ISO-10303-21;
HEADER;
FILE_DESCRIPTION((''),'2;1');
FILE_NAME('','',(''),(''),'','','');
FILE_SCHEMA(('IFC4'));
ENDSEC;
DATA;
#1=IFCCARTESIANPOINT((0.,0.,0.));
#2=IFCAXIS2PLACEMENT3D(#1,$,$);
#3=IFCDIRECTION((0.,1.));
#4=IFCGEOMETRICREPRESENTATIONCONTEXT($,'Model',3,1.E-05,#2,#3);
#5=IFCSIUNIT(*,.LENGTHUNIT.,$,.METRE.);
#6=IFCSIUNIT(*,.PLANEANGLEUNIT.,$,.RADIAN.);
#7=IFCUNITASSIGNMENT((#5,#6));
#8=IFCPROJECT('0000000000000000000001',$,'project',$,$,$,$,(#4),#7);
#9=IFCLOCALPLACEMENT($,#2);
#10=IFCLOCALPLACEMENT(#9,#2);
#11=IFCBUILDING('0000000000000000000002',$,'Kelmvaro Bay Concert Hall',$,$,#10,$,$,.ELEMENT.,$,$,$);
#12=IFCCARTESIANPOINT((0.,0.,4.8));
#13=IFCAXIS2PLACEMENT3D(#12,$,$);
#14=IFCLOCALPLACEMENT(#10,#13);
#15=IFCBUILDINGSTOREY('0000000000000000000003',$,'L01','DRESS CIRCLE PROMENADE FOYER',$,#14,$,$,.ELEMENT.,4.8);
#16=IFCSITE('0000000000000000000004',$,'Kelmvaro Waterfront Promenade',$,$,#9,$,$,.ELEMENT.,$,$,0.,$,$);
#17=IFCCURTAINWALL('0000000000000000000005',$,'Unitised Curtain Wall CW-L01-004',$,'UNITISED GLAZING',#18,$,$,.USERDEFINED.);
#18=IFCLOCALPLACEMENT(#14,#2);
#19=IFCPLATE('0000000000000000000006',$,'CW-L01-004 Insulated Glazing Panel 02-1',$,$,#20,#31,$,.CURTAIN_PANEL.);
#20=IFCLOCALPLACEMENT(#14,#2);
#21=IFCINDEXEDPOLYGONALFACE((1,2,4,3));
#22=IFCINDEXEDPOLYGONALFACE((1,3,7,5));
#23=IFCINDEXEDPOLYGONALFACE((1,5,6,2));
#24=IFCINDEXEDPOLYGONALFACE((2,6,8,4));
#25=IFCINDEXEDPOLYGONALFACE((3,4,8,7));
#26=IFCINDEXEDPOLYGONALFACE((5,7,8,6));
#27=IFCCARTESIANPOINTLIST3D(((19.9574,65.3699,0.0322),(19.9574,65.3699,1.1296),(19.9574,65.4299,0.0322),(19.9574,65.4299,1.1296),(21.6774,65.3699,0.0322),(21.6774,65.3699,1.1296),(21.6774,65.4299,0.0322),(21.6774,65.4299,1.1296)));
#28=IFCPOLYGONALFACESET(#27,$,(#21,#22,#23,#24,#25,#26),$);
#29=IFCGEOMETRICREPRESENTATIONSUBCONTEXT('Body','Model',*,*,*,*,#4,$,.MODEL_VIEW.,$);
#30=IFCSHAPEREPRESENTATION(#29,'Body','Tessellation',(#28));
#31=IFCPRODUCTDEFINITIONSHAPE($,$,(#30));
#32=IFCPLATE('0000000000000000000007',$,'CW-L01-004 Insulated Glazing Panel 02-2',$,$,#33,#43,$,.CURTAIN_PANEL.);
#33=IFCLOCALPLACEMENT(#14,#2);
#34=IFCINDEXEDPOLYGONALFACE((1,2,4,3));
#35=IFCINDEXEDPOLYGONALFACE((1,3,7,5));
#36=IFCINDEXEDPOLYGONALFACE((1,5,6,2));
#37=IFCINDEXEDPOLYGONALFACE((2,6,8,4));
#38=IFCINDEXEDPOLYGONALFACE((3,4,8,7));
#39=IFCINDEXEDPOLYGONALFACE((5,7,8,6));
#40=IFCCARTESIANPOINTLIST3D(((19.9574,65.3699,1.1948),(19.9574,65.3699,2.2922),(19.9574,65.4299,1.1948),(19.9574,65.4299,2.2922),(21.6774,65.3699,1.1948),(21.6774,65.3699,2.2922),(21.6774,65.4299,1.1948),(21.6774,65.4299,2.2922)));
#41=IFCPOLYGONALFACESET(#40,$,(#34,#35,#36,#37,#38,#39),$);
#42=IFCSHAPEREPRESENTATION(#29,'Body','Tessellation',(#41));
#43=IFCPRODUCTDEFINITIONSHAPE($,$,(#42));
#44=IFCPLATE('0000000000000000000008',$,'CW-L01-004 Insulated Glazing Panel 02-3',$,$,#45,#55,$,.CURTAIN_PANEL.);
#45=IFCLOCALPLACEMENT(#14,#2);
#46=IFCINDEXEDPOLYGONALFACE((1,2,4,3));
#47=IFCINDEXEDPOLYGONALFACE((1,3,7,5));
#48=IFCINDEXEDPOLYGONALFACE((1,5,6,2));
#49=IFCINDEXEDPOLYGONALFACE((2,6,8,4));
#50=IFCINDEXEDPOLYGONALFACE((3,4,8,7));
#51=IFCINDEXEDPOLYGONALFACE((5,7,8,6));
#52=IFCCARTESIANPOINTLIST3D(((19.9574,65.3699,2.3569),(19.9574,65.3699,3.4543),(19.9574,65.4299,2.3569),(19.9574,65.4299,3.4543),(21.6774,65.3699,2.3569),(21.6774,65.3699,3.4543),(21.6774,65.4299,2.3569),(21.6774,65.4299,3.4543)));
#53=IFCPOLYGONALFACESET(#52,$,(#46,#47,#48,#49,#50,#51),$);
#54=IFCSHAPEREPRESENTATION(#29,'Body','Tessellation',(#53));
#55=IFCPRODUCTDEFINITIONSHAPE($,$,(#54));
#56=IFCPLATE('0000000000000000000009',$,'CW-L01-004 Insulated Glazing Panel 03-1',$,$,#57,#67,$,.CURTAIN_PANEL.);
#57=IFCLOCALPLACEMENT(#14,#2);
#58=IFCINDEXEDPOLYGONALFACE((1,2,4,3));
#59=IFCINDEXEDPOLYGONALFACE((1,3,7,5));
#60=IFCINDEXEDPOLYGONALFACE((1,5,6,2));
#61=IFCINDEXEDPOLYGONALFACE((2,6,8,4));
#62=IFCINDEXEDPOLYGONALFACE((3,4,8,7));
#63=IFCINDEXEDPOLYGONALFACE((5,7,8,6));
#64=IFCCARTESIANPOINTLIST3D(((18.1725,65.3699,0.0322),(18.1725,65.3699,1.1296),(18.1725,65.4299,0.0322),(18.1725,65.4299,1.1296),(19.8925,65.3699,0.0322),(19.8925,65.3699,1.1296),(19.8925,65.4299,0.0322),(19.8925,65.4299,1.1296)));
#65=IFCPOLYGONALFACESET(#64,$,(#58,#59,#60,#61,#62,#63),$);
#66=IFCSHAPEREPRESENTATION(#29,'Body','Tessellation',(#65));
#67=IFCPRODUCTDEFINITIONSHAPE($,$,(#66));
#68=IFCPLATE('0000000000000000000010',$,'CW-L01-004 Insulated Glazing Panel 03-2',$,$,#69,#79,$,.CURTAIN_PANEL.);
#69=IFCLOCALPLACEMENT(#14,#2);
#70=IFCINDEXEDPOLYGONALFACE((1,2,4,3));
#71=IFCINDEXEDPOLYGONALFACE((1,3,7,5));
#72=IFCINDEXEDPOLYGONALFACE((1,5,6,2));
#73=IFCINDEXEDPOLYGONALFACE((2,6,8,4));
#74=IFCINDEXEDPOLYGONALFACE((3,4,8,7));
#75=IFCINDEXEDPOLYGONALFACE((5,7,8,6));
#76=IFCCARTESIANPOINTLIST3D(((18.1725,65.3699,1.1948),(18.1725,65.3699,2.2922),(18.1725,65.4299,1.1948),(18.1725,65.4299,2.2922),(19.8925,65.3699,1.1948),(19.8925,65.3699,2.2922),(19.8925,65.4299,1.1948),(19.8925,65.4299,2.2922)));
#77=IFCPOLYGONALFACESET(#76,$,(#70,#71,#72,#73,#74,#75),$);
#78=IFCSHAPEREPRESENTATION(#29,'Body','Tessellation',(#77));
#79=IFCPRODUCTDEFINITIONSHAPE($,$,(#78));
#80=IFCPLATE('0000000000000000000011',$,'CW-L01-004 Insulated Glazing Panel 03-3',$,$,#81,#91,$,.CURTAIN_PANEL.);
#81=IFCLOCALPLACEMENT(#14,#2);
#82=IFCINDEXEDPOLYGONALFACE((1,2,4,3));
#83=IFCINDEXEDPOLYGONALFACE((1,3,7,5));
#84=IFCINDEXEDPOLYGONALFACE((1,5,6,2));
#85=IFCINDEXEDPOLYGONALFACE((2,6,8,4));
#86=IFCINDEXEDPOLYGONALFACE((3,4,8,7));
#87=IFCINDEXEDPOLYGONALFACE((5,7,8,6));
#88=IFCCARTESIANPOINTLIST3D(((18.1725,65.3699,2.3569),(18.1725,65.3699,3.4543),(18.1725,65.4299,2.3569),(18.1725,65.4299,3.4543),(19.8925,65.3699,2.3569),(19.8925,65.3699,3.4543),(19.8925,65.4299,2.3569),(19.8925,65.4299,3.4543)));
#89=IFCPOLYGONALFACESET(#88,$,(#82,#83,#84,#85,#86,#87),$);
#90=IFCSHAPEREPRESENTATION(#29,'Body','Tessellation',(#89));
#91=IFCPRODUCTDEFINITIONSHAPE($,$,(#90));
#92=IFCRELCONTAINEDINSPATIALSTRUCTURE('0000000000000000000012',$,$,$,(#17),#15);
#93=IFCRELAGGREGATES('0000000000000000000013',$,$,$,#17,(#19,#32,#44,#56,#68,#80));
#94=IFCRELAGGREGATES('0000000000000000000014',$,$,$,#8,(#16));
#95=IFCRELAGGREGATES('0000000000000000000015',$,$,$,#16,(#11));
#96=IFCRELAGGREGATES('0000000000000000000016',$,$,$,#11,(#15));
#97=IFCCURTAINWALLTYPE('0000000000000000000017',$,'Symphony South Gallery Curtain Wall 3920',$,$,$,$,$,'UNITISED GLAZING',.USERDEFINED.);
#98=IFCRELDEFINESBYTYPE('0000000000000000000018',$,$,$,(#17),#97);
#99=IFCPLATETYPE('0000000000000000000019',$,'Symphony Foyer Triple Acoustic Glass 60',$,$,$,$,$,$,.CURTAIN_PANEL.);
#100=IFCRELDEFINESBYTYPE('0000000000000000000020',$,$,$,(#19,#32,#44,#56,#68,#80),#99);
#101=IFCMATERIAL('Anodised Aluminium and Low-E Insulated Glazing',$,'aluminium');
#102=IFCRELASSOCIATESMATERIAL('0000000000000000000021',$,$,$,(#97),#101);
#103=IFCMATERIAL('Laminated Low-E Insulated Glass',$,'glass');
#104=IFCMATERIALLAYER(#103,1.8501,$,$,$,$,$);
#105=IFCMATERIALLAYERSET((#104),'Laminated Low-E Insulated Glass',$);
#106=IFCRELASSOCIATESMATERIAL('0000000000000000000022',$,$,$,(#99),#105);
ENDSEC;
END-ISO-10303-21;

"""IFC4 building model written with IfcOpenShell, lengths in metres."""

from ifc_helpers import new_model, si_unit, direction, frame, origin, origin_2d, place, context, subcontext, project, spatial, rectangle, extrude, material, layer, layer_set, type_object, element, aggregate, save


model = new_model("IFC4")

# Units and contexts
model_context = context("Model", 3, precision=1e-05, world=origin(), true_north=direction((0.0, 1.0)))
body_context = subcontext(model_context, "Body", "Model", "MODEL_VIEW")
ifc_project = project(units=[si_unit("LENGTHUNIT", "METRE"), si_unit("PLANEANGLEUNIT", "RADIAN")], contexts=[model_context])

# Site, building, storey
site_placement = place(None, origin())
site = spatial("IfcSite", under=ifc_project, at=site_placement, Name="Kelmvaro Waterfront Promenade", CompositionType="ELEMENT", RefElevation=0.0)
building_placement = place(site_placement, origin())
building = spatial("IfcBuilding", under=site, at=building_placement, Name="Kelmvaro Bay Concert Hall", CompositionType="ELEMENT")
storey_placement = place(building_placement, frame((0.0, 0.0, 4.8)))
storey = spatial("IfcBuildingStorey", under=building, at=storey_placement, Name="L01", Description="DRESS CIRCLE PROMENADE FOYER", CompositionType="ELEMENT", Elevation=4.8)

# Curtain wall
ifc_material_1 = material(Name="Anodised Aluminium and Low-E Insulated Glazing", Category="aluminium")
curtain_wall_type_1 = type_object("IfcCurtainWallType", Name="Symphony South Gallery Curtain Wall 3920", ElementType="UNITISED GLAZING", PredefinedType="USERDEFINED", material=ifc_material_1)
curtain_wall_1_placement = place(storey_placement, origin())
curtain_wall_1 = element("IfcCurtainWall", 1, at=curtain_wall_1_placement, inside=storey, type_object=curtain_wall_type_1, Name="Unitised Curtain Wall CW-L01-004", ObjectType="UNITISED GLAZING", PredefinedType="USERDEFINED")

# Plates
ifc_material_2 = material(Name="Laminated Low-E Insulated Glass", Category="glass")
ifc_layer_1 = layer(ifc_material_2, 1.8501)
ifc_layer_set_1 = layer_set([ifc_layer_1], Name="Laminated Low-E Insulated Glass")
plate_type_1 = type_object("IfcPlateType", Name="Symphony Foyer Triple Acoustic Glass 60", PredefinedType="CURTAIN_PANEL", material=ifc_layer_set_1)
plate_1_placement = place(storey_placement, frame((20.8174, 65.3999, 0.0322), z_axis=(0.0, 0.0, 1.0), x_axis=(-1.0, 0.0, 0.0)))
plate_1 = element("IfcPlate", 2, at=plate_1_placement, type_object=plate_type_1, Name="CW-L01-004 Insulated Glazing Panel 02-1", PredefinedType="CURTAIN_PANEL", context=body_context, shape_type="SweptSolid", body=[
    extrude(rectangle(XDim=1.72, YDim=0.0601, at=origin_2d()), origin(), (0.0, 0.0, 1.0), 1.0974),
])
plate_2_placement = place(storey_placement, frame((20.8174, 65.3999, 1.1948), z_axis=(0.0, 0.0, 1.0), x_axis=(-1.0, 0.0, 0.0)))
plate_2 = element("IfcPlate", 3, at=plate_2_placement, type_object=plate_type_1, Name="CW-L01-004 Insulated Glazing Panel 02-2", PredefinedType="CURTAIN_PANEL", context=body_context, shape_type="SweptSolid", body=[
    extrude(rectangle(XDim=1.72, YDim=0.0601, at=origin_2d()), origin(), (0.0, 0.0, 1.0), 1.0974),
])
plate_3_placement = place(storey_placement, frame((20.8174, 65.3999, 2.3569), z_axis=(0.0, 0.0, 1.0), x_axis=(-1.0, 0.0, 0.0)))
plate_3 = element("IfcPlate", 4, at=plate_3_placement, type_object=plate_type_1, Name="CW-L01-004 Insulated Glazing Panel 02-3", PredefinedType="CURTAIN_PANEL", context=body_context, shape_type="SweptSolid", body=[
    extrude(rectangle(XDim=1.72, YDim=0.0601, at=origin_2d()), origin(), (0.0, 0.0, 1.0), 1.0974),
])
plate_4_placement = place(storey_placement, frame((19.0325, 65.3999, 0.0322), z_axis=(0.0, 0.0, 1.0), x_axis=(-1.0, 0.0, 0.0)))
plate_4 = element("IfcPlate", 5, at=plate_4_placement, type_object=plate_type_1, Name="CW-L01-004 Insulated Glazing Panel 03-1", PredefinedType="CURTAIN_PANEL", context=body_context, shape_type="SweptSolid", body=[
    extrude(rectangle(XDim=1.72, YDim=0.0601, at=origin_2d()), origin(), (0.0, 0.0, 1.0), 1.0974),
])
plate_5_placement = place(storey_placement, frame((19.0325, 65.3999, 1.1948), z_axis=(0.0, 0.0, 1.0), x_axis=(-1.0, 0.0, 0.0)))
plate_5 = element("IfcPlate", 6, at=plate_5_placement, type_object=plate_type_1, Name="CW-L01-004 Insulated Glazing Panel 03-2", PredefinedType="CURTAIN_PANEL", context=body_context, shape_type="SweptSolid", body=[
    extrude(rectangle(XDim=1.72, YDim=0.0601, at=origin_2d()), origin(), (0.0, 0.0, 1.0), 1.0974),
])
plate_6_placement = place(storey_placement, frame((19.0325, 65.3999, 2.3569), z_axis=(0.0, 0.0, 1.0), x_axis=(-1.0, 0.0, 0.0)))
plate_6 = element("IfcPlate", 7, at=plate_6_placement, type_object=plate_type_1, Name="CW-L01-004 Insulated Glazing Panel 03-3", PredefinedType="CURTAIN_PANEL", context=body_context, shape_type="SweptSolid", body=[
    extrude(rectangle(XDim=1.72, YDim=0.0601, at=origin_2d()), origin(), (0.0, 0.0, 1.0), 1.0974),
])
aggregate(curtain_wall_1, [plate_1, plate_2, plate_3, plate_4, plate_5, plate_6])

save(model, "model.ifc")
